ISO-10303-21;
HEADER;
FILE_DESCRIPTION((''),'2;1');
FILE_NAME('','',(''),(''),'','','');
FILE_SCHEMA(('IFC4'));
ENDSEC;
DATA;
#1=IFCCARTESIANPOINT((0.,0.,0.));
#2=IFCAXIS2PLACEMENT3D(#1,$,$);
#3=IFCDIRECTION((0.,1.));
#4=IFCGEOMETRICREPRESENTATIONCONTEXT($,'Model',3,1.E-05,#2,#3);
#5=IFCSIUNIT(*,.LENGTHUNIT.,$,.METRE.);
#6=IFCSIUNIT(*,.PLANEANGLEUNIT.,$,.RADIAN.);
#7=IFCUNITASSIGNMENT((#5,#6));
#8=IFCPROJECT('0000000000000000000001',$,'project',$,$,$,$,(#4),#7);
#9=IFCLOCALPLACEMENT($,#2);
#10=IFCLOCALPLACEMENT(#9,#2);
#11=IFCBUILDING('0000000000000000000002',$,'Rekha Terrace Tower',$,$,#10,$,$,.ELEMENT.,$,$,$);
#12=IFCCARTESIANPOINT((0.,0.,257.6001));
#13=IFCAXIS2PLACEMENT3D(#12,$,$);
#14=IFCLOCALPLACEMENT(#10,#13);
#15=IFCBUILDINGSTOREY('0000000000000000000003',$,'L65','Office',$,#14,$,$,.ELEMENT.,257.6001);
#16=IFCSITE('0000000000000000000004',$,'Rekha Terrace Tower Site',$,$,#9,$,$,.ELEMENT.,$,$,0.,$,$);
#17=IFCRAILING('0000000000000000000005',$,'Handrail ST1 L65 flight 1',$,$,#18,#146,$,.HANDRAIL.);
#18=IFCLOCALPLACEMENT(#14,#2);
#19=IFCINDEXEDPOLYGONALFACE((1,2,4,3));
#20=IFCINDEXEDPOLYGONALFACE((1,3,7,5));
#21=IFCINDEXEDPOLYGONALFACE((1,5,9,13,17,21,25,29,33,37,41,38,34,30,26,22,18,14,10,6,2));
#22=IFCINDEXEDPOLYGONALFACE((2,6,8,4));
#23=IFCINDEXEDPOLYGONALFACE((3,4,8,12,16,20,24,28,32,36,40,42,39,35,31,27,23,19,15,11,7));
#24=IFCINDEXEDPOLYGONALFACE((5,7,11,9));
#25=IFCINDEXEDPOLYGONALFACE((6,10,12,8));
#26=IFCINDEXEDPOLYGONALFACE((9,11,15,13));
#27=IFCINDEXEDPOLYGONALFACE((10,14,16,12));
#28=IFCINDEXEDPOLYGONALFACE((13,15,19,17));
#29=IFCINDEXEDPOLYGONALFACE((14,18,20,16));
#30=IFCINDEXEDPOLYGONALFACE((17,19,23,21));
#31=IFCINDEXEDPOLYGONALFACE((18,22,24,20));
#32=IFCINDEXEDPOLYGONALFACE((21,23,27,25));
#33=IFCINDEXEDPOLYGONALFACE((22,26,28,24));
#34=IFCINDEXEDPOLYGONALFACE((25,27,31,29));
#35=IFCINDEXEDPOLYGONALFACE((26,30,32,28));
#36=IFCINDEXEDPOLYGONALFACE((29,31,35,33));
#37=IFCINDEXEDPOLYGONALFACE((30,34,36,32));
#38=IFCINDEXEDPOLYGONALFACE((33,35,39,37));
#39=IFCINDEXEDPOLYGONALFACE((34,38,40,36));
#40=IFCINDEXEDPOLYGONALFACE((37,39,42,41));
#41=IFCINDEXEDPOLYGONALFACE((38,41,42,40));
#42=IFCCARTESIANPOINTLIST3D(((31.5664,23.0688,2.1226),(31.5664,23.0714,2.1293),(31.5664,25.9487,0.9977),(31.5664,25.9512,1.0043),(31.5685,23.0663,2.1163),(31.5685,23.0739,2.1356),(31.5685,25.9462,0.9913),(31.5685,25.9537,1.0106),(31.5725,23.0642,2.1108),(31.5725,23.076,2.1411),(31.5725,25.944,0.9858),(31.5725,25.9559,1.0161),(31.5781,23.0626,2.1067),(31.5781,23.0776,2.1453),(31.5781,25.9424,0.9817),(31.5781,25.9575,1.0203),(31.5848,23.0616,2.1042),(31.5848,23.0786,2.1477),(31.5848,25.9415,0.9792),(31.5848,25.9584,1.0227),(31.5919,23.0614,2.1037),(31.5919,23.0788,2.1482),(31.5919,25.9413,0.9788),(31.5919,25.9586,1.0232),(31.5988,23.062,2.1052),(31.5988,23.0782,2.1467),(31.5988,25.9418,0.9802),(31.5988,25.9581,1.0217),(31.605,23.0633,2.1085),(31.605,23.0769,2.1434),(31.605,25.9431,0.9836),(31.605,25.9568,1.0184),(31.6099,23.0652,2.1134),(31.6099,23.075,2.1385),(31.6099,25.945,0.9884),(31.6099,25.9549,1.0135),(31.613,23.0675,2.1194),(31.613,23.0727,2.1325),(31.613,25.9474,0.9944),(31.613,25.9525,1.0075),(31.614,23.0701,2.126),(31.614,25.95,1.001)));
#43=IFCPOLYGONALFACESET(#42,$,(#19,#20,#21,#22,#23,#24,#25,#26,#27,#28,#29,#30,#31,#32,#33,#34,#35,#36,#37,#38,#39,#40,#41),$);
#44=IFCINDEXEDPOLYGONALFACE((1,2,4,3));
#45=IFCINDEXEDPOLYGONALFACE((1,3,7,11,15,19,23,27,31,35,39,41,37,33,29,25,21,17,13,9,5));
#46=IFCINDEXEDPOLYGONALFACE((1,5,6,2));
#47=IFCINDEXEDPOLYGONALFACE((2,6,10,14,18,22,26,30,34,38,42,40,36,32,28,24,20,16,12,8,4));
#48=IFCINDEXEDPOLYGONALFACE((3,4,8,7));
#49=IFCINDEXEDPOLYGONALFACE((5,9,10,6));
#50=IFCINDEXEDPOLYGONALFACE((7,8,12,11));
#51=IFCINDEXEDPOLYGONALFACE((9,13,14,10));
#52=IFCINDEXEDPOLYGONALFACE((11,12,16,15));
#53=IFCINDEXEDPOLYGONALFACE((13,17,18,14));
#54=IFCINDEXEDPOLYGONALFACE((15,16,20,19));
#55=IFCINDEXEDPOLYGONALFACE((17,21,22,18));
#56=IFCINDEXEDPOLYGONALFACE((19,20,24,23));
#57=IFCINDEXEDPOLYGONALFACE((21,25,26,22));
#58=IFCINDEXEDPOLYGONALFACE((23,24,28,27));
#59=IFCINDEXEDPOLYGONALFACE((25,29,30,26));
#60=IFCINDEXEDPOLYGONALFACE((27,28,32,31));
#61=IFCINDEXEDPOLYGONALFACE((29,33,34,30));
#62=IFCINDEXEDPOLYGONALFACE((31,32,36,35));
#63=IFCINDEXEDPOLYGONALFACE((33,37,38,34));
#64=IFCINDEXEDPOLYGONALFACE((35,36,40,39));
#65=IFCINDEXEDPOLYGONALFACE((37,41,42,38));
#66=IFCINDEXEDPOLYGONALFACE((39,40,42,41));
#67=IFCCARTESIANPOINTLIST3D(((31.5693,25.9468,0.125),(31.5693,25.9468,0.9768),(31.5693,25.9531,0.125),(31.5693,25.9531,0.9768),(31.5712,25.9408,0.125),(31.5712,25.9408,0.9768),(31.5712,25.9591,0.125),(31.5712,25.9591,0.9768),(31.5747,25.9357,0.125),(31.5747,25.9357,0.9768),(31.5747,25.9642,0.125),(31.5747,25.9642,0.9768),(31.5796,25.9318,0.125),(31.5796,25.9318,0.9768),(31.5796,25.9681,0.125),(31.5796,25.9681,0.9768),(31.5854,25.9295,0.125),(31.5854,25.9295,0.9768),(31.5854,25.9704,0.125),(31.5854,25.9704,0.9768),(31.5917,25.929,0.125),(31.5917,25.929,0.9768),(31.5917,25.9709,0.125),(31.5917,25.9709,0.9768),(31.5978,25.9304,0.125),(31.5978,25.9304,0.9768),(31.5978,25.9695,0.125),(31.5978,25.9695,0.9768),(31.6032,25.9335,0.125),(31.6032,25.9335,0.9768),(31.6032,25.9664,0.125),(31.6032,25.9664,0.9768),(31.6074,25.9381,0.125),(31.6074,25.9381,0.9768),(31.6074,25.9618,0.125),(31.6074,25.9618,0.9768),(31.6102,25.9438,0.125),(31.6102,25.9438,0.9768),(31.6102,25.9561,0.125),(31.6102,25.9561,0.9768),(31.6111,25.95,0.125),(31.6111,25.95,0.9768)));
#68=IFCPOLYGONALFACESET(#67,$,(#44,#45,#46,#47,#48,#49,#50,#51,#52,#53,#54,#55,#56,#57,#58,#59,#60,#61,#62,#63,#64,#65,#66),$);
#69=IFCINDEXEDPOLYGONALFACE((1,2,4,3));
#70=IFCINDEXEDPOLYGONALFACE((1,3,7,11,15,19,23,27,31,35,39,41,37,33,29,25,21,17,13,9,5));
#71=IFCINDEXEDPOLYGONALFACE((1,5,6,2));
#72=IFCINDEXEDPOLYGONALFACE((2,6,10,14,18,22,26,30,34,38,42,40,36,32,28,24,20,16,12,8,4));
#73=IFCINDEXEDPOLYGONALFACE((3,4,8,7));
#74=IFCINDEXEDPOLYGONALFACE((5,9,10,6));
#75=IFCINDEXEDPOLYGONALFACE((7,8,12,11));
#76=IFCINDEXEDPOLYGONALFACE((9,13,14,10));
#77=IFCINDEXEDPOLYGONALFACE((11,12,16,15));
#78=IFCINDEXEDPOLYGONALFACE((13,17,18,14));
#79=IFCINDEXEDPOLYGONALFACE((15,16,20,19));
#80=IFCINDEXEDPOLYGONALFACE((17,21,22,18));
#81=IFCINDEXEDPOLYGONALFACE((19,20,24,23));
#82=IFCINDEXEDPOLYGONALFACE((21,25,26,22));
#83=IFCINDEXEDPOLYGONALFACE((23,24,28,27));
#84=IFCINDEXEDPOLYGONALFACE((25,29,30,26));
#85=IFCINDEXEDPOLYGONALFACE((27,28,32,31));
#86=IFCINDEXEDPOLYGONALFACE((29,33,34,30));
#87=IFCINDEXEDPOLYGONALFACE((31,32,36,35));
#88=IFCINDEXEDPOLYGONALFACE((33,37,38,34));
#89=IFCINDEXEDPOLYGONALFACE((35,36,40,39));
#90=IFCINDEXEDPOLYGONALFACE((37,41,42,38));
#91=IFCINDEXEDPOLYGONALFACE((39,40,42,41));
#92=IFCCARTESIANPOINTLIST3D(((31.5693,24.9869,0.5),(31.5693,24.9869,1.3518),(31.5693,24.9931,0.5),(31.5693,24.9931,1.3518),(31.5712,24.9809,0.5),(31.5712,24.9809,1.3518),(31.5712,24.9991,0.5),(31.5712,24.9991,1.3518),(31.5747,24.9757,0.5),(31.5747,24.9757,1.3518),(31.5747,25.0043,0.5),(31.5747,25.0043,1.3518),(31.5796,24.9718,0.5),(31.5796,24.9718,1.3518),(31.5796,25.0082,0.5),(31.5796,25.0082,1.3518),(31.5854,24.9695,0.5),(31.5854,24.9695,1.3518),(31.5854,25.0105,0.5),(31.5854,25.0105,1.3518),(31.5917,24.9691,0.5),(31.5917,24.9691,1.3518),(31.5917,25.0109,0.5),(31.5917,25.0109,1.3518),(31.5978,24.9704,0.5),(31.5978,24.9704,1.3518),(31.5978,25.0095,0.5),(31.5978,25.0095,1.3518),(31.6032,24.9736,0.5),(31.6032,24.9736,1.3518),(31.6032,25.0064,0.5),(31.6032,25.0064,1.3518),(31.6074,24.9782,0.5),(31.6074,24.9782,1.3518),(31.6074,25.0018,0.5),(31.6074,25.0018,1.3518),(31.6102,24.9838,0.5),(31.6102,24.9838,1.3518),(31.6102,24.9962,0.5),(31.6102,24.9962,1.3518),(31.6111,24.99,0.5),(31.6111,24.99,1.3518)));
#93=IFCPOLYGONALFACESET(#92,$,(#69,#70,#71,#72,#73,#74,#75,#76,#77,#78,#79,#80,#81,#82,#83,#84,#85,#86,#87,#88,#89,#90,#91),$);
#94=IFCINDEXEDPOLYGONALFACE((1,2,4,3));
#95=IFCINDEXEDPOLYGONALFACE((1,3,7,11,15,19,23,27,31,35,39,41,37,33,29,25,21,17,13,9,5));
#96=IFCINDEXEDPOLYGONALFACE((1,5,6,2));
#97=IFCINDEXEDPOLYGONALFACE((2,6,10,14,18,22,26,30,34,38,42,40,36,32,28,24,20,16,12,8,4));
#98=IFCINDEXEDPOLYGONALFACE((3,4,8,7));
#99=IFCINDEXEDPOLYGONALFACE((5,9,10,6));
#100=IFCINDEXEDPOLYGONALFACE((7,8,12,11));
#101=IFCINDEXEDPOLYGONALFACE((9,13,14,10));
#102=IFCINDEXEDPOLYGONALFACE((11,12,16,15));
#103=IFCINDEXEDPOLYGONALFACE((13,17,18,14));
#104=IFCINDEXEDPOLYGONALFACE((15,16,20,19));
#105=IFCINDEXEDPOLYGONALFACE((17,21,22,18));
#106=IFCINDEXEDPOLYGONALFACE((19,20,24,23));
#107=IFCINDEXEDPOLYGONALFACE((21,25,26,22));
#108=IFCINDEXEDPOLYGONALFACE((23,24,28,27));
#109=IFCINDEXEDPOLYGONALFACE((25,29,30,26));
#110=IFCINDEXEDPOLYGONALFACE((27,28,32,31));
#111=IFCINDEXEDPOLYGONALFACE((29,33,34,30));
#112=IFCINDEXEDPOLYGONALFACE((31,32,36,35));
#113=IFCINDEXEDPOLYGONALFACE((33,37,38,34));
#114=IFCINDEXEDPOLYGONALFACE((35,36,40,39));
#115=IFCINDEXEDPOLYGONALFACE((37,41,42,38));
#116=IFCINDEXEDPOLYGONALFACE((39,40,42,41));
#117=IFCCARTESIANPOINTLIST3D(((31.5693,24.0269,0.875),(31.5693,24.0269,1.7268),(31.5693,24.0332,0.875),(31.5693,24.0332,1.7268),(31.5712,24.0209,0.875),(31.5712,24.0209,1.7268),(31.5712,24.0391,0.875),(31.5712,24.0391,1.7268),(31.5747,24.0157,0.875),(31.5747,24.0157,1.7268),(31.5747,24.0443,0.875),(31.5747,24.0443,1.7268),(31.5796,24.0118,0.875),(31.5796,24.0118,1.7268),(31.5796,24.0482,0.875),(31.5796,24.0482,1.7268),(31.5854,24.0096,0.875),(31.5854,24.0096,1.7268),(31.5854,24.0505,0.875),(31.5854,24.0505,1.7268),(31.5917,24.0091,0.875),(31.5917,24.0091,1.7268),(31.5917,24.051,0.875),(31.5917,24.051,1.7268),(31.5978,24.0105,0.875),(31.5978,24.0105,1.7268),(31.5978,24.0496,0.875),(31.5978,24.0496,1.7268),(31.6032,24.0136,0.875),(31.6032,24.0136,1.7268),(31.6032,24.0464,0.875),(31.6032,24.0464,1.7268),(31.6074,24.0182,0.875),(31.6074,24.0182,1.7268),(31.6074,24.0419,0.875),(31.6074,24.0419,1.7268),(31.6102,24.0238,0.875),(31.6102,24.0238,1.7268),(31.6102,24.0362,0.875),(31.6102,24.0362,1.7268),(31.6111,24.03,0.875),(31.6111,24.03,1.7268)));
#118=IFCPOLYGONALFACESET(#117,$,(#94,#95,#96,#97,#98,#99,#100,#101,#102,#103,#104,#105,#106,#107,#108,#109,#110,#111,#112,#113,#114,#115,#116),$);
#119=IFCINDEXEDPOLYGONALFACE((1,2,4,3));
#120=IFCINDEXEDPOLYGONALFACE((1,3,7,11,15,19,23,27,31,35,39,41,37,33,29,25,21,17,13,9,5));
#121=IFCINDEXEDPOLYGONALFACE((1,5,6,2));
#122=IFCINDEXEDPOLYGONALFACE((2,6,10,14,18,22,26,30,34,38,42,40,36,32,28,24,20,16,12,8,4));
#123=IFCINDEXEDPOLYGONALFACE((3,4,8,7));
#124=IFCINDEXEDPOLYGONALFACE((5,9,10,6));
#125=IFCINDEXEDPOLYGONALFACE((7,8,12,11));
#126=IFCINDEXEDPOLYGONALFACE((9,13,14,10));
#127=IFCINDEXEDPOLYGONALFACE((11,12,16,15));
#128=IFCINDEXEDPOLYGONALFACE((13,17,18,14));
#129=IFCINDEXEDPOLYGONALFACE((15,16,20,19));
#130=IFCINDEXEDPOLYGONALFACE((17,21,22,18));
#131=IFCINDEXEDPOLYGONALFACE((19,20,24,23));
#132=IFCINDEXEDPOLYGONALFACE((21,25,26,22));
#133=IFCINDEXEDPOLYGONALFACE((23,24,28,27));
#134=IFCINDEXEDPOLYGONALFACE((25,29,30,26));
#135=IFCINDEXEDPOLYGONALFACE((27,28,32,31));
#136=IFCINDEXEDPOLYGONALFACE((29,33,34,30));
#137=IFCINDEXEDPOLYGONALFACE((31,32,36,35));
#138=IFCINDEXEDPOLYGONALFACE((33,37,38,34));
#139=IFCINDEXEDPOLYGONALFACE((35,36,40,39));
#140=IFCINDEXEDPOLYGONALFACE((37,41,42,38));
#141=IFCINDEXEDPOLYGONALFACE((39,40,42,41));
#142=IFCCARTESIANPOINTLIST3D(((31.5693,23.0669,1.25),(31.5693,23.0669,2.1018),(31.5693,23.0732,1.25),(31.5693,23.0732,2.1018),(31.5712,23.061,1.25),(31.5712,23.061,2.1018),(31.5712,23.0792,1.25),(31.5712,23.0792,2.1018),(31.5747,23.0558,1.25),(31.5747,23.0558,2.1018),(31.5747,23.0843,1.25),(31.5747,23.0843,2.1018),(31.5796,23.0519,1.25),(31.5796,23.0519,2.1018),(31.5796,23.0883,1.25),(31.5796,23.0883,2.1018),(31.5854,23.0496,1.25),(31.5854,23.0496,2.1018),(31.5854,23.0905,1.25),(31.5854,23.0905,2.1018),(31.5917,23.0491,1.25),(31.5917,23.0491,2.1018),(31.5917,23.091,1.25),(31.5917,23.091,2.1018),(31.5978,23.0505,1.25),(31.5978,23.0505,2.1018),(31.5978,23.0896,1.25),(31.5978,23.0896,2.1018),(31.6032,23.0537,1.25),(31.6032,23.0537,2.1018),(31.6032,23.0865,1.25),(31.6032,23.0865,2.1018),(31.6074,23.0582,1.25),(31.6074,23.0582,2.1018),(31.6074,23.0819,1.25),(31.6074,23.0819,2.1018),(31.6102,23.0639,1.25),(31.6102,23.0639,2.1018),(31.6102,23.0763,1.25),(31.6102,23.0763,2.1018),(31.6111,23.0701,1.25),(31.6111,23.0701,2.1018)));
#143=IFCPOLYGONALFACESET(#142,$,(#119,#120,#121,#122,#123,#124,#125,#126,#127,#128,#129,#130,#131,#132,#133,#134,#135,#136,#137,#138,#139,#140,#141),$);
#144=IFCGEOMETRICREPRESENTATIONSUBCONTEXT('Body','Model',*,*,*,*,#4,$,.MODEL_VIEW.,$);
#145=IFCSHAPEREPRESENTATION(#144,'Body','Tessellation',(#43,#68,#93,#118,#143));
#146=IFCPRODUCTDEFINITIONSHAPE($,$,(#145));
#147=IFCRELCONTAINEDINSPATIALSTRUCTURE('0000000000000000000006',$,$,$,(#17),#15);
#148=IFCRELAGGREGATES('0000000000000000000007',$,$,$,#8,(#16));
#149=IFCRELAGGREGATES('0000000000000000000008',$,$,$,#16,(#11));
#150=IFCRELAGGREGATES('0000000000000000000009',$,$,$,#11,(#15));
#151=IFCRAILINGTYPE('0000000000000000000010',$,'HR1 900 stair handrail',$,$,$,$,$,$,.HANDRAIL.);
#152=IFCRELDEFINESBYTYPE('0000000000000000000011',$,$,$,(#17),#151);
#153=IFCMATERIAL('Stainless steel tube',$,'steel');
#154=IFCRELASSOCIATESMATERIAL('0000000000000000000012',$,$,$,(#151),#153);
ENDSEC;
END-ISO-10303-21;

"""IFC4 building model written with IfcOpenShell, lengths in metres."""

from ifc_helpers import new_model, si_unit, direction, frame, origin, origin_2d, place, context, subcontext, project, spatial, circle, extrude, material, type_object, element, save


model = new_model("IFC4")

# Units and contexts
model_context = context("Model", 3, precision=1e-05, world=origin(), true_north=direction((0.0, 1.0)))
body_context = subcontext(model_context, "Body", "Model", "MODEL_VIEW")
ifc_project = project(units=[si_unit("LENGTHUNIT", "METRE"), si_unit("PLANEANGLEUNIT", "RADIAN")], contexts=[model_context])

# Site, building, storey
site_placement = place(None, origin())
site = spatial("IfcSite", under=ifc_project, at=site_placement, Name="Rekha Terrace Tower Site", CompositionType="ELEMENT", RefElevation=0.0)
building_placement = place(site_placement, origin())
building = spatial("IfcBuilding", under=site, at=building_placement, Name="Rekha Terrace Tower", CompositionType="ELEMENT")
storey_placement = place(building_placement, frame((0.0, 0.0, 257.6001)))
storey = spatial("IfcBuildingStorey", under=building, at=storey_placement, Name="L65", Description="Office", CompositionType="ELEMENT", Elevation=257.6001)

# Railing
ifc_material_1 = material(Name="Stainless steel tube", Category="steel")
railing_type_1 = type_object("IfcRailingType", Name="HR1 900 stair handrail", PredefinedType="HANDRAIL", material=ifc_material_1)
railing_1_placement = place(storey_placement, frame((31.5901, 25.95, 0.125)))
element("IfcRailing", 1, at=railing_1_placement, inside=storey, type_object=railing_type_1, Name="Handrail ST1 L65 flight 1", PredefinedType="HANDRAIL", context=body_context, shape_type="SweptSolid", body=[
    extrude(circle(Radius=0.0239, at=origin_2d()), frame((0.0, 0.0, 0.876), z_axis=(0.0, -0.931452, 0.363863), x_axis=(1.0, 0.0, 0.0)), (0.0, 0.0, 1.0), 3.0918),
    extrude(circle(Radius=0.021, at=origin_2d()), origin(), (0.0, 0.0, 1.0), 0.8518),
    extrude(circle(Radius=0.021, at=origin_2d()), frame((0.0, -0.96, 0.375)), (0.0, 0.0, 1.0), 0.8518),
    extrude(circle(Radius=0.021, at=origin_2d()), frame((0.0, -1.9199, 0.75)), (0.0, 0.0, 1.0), 0.8518),
    extrude(circle(Radius=0.021, at=origin_2d()), frame((0.0, -2.8799, 1.125)), (0.0, 0.0, 1.0), 0.8518),
])

save(model, "model.ifc")
